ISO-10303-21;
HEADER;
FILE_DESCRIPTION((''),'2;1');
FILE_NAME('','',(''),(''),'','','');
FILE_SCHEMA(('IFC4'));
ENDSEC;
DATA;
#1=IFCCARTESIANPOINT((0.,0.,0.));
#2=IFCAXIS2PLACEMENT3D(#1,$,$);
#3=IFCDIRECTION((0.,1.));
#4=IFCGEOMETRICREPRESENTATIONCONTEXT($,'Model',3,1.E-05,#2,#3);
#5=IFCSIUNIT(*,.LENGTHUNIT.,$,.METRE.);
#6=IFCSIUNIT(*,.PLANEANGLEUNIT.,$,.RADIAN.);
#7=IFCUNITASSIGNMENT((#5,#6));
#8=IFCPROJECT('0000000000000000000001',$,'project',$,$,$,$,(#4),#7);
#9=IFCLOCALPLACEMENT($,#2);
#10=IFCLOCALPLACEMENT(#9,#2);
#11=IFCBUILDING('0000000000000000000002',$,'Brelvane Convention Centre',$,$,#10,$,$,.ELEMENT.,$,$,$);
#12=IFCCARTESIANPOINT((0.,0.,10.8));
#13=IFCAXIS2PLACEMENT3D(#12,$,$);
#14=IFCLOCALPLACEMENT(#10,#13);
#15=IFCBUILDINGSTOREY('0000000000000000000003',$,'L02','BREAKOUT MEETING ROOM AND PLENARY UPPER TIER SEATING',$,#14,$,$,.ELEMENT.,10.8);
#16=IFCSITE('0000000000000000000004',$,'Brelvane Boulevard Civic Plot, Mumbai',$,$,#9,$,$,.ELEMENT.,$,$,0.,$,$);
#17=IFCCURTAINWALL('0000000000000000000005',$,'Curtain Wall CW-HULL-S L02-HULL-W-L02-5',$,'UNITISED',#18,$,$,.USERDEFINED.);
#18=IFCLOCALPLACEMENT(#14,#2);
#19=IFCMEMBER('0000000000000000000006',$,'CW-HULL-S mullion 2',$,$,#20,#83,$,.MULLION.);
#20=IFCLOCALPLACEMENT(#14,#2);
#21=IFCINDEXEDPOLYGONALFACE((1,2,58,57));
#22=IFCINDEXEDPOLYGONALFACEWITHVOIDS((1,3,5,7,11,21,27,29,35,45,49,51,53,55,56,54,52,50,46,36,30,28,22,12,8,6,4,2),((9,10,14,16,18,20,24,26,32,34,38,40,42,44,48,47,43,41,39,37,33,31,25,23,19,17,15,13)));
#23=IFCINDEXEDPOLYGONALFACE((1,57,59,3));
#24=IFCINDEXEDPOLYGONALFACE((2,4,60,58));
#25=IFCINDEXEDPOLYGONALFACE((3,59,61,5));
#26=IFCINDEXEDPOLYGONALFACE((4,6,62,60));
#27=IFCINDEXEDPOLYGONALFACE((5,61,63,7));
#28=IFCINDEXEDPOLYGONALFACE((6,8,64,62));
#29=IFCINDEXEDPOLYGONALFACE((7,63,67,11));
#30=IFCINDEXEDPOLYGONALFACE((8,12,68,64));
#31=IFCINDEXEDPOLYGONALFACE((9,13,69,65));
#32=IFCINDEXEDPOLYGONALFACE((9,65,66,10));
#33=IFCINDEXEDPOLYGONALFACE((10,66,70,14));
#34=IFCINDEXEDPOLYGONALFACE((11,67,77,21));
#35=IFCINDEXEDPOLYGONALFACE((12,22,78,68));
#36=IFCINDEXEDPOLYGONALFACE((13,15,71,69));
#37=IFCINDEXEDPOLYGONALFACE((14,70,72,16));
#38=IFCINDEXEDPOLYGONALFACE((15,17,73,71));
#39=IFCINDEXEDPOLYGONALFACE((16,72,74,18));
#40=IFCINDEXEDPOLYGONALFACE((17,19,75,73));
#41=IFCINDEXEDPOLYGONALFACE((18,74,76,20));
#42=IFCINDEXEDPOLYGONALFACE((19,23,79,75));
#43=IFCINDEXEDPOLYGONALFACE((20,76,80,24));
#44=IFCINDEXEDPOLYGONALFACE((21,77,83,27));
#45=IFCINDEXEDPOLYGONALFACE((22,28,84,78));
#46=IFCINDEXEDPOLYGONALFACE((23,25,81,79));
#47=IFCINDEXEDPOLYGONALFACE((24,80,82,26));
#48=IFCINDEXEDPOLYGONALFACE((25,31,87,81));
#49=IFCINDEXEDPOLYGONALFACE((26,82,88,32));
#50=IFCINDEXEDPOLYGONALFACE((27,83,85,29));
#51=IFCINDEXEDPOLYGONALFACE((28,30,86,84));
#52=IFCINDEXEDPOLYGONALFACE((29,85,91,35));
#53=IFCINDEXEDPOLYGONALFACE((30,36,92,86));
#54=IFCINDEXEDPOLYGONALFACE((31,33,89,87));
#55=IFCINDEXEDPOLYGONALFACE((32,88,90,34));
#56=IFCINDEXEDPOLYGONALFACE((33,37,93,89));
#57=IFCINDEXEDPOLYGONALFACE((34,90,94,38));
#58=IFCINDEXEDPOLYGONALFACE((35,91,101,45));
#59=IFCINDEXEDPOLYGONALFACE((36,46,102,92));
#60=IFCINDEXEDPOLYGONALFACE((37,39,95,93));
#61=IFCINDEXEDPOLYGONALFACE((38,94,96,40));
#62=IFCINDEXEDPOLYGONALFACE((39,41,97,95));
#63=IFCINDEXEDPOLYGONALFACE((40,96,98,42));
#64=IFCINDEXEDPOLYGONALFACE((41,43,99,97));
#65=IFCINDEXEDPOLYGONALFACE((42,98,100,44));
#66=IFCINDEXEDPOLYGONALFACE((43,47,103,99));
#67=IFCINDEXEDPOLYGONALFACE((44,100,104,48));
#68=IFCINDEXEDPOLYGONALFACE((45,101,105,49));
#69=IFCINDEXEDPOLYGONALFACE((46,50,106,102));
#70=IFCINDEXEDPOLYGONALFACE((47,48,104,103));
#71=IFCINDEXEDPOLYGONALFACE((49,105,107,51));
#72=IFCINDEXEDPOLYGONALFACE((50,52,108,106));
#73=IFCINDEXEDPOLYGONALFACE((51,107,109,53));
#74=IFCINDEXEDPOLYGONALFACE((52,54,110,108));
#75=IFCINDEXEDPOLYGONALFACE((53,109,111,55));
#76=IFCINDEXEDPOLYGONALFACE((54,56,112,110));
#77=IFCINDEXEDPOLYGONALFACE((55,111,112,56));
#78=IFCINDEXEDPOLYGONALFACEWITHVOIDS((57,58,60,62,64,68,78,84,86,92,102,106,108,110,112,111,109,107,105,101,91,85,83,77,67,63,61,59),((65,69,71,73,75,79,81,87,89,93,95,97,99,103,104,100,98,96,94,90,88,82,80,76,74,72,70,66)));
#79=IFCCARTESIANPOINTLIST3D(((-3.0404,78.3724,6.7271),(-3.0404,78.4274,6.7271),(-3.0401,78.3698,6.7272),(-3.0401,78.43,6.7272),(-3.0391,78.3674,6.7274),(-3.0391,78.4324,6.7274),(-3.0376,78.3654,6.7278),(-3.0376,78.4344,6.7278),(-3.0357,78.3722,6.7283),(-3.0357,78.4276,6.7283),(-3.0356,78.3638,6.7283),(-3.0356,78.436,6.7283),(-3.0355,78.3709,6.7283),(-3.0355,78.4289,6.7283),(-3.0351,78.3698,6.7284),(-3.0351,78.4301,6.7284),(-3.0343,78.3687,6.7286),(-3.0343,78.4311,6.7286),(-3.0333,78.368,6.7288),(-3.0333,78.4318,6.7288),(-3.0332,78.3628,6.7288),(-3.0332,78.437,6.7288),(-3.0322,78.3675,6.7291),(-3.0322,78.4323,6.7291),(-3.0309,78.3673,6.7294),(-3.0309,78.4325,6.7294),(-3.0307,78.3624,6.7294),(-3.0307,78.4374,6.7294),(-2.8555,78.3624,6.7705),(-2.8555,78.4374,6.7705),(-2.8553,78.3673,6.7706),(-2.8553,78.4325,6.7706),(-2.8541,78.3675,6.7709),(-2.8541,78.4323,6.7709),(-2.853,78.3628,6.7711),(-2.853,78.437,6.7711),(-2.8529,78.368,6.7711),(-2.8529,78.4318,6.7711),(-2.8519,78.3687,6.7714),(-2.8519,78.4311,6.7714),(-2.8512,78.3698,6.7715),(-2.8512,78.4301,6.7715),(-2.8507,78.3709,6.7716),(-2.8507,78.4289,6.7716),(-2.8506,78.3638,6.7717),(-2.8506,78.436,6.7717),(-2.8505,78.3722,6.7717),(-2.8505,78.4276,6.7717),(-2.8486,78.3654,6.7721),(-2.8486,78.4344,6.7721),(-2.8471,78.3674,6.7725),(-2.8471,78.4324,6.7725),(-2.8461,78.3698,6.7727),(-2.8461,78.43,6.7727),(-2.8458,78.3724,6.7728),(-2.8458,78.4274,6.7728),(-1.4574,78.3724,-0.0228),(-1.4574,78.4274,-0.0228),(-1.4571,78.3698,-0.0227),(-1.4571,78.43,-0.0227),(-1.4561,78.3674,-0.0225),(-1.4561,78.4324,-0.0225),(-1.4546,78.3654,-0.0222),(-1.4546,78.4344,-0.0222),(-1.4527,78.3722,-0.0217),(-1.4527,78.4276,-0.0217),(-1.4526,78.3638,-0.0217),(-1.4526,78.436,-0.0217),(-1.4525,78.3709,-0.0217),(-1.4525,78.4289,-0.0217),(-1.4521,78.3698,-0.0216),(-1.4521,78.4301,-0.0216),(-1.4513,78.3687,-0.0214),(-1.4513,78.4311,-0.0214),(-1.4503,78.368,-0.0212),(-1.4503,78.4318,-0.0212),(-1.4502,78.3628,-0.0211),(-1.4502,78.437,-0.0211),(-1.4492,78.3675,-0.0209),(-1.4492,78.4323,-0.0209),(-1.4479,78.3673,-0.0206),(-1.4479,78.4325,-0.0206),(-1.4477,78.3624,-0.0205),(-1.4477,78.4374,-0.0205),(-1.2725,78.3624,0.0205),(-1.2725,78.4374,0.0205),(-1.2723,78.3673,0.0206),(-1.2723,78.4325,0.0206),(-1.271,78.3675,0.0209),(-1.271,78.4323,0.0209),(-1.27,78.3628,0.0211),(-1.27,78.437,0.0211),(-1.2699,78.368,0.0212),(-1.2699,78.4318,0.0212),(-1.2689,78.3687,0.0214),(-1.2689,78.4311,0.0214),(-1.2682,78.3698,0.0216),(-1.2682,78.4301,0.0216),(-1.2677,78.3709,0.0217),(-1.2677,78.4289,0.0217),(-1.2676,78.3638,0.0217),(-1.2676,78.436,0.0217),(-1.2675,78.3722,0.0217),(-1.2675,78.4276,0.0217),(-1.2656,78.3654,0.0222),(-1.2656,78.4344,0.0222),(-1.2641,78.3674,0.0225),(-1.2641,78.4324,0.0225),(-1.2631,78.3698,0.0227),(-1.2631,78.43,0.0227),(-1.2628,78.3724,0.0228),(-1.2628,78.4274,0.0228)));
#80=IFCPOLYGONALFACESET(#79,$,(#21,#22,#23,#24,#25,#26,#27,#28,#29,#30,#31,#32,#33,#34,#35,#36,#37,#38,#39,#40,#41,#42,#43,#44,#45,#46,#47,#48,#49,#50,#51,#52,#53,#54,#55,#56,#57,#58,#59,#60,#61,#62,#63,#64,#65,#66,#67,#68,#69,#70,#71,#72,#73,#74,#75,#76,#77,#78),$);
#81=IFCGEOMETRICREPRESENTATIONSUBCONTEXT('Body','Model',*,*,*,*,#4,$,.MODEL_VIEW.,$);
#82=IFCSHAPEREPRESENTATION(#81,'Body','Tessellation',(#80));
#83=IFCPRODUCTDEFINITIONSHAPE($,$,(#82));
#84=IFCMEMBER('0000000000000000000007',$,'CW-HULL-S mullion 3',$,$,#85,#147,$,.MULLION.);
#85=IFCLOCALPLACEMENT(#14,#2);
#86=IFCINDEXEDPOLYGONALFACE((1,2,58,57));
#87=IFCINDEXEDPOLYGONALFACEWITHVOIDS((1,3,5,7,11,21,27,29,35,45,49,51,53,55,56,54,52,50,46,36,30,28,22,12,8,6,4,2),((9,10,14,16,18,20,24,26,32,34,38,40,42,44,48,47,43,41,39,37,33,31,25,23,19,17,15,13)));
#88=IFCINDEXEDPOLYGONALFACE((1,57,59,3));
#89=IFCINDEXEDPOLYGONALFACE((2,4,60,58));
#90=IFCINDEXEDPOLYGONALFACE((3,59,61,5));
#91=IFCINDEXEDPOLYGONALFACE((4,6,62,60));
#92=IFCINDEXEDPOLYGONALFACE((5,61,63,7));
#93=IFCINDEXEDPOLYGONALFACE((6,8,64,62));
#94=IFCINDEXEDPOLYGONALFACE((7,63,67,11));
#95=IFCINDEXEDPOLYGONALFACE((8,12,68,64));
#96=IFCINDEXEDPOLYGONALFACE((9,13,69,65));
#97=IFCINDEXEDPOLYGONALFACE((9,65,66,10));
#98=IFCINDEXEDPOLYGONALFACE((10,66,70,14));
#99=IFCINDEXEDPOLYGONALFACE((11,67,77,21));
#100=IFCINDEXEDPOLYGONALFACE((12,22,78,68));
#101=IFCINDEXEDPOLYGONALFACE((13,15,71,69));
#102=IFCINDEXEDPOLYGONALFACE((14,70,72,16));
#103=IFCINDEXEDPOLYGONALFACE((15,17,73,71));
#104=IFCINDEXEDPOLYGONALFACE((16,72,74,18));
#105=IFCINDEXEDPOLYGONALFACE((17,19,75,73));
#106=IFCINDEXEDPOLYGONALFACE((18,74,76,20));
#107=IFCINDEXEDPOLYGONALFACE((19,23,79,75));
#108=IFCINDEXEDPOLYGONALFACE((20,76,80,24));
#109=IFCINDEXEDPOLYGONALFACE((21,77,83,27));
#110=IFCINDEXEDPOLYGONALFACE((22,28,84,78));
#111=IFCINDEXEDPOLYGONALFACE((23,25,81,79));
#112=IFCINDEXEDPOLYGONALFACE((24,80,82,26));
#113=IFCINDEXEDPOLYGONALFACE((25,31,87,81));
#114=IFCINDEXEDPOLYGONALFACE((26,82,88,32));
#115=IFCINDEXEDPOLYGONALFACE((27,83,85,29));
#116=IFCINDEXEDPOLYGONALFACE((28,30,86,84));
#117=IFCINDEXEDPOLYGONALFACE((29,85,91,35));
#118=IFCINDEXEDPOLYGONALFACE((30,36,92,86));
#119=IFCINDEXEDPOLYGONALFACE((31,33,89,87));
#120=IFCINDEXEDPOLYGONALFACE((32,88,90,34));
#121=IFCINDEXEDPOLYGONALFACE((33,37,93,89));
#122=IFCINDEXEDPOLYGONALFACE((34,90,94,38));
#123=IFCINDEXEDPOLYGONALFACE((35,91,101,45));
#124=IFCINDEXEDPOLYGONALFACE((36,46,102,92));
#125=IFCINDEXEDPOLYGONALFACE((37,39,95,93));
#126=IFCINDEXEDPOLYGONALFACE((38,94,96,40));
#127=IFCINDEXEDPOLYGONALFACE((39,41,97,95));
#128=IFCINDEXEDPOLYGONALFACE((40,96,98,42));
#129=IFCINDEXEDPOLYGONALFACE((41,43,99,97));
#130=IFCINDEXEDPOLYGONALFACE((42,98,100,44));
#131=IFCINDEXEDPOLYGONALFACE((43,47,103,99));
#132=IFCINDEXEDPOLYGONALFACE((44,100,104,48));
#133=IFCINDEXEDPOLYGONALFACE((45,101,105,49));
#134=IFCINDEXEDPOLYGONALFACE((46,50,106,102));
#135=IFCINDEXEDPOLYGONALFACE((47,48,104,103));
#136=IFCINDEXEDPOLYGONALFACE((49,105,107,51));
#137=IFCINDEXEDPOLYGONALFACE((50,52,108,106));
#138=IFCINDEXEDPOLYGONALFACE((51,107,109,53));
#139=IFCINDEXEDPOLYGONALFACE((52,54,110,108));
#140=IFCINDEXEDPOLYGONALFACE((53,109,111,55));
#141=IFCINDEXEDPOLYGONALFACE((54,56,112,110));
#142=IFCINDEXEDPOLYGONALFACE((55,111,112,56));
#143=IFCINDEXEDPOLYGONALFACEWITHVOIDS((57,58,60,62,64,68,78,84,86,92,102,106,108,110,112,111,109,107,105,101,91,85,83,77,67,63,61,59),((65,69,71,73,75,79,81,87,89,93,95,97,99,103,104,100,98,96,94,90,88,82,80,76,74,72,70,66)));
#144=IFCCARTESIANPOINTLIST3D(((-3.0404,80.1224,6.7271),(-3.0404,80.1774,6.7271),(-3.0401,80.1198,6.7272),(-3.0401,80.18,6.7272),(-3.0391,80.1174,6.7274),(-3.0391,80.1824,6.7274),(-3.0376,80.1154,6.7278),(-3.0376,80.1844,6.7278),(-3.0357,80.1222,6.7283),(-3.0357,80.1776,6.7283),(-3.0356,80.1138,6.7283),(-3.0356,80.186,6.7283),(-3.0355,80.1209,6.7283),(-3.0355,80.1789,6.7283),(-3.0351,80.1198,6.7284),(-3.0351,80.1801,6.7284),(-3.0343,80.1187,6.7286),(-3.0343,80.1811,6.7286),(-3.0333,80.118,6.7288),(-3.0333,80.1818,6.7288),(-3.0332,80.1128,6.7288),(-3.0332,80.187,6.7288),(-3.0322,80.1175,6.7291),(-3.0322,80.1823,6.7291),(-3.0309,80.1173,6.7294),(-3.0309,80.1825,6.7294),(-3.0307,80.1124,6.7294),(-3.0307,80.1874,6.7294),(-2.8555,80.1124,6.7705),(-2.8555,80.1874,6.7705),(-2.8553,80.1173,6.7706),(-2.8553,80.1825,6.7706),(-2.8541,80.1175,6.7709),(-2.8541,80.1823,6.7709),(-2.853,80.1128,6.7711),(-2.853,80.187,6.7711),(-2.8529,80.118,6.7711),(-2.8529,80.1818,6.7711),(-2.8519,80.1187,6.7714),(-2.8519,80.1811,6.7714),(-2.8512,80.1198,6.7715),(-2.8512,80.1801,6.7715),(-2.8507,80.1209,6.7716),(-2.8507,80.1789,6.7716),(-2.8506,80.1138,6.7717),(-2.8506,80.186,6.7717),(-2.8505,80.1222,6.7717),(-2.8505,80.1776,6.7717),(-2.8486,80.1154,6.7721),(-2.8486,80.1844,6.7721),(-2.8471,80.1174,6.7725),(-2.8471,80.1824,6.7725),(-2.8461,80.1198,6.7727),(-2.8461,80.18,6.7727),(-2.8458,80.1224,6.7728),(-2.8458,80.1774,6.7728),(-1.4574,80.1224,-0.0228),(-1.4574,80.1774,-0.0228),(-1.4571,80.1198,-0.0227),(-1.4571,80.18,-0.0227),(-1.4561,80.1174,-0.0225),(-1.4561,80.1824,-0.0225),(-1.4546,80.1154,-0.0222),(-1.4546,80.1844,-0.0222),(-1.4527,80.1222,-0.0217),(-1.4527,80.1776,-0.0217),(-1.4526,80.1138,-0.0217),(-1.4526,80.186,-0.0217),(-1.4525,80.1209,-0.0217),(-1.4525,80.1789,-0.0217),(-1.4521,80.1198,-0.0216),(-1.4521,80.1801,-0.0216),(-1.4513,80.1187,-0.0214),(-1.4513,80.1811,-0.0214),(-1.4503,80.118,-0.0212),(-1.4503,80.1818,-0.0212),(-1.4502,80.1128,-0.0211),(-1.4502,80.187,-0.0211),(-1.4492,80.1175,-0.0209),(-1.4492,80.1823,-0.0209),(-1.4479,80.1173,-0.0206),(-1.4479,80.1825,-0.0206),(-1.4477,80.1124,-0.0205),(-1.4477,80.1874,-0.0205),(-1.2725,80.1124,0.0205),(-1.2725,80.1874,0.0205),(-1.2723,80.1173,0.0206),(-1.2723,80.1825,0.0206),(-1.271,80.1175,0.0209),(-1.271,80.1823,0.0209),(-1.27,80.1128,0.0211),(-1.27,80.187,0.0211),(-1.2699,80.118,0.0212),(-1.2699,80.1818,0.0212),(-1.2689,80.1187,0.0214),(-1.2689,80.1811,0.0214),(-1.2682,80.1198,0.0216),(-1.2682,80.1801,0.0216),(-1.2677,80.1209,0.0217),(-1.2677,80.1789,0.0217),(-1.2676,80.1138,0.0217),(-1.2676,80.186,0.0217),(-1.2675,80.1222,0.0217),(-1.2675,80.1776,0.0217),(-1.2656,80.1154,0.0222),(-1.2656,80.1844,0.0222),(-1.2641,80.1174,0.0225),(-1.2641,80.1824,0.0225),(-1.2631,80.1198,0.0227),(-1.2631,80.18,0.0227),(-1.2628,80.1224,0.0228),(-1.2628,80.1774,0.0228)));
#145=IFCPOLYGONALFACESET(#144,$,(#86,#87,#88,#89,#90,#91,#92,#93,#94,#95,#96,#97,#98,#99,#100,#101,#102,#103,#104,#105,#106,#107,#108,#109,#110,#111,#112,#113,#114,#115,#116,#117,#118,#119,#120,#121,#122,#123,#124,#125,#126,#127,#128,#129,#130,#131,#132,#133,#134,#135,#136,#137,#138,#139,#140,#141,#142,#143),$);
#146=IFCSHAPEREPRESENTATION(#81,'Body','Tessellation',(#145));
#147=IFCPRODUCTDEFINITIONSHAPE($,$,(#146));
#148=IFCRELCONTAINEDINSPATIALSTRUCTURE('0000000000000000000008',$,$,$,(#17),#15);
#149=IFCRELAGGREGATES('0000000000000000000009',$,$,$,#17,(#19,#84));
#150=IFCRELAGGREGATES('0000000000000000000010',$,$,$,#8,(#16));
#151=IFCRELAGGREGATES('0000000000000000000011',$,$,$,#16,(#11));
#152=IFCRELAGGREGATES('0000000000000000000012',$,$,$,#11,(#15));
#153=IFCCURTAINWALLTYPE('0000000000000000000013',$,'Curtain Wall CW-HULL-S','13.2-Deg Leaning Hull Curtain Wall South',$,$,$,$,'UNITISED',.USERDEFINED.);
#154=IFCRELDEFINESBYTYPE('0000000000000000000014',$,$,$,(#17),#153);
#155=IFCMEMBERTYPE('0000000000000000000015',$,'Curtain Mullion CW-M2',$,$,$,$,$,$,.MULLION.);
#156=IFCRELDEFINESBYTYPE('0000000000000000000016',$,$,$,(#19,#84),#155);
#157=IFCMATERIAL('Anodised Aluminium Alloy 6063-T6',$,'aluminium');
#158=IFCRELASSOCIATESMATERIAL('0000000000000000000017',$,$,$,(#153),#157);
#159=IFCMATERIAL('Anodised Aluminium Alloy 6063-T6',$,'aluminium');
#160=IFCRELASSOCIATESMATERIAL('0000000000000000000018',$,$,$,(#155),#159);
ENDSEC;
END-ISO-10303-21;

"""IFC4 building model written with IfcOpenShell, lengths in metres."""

from ifc_helpers import new_model, si_unit, direction, frame, origin, origin_2d, place, context, subcontext, project, spatial, hollow_rectangle, extrude, material, material_profile, profile_set, type_object, element, aggregate, save


model = new_model("IFC4")

# Units and contexts
model_context = context("Model", 3, precision=1e-05, world=origin(), true_north=direction((0.0, 1.0)))
body_context = subcontext(model_context, "Body", "Model", "MODEL_VIEW")
ifc_project = project(units=[si_unit("LENGTHUNIT", "METRE"), si_unit("PLANEANGLEUNIT", "RADIAN")], contexts=[model_context])

# Site, building, storey
site_placement = place(None, origin())
site = spatial("IfcSite", under=ifc_project, at=site_placement, Name="Brelvane Boulevard Civic Plot, Mumbai", CompositionType="ELEMENT", RefElevation=0.0)
building_placement = place(site_placement, origin())
building = spatial("IfcBuilding", under=site, at=building_placement, Name="Brelvane Convention Centre", CompositionType="ELEMENT")
storey_placement = place(building_placement, frame((0.0, 0.0, 10.8)))
storey = spatial("IfcBuildingStorey", under=building, at=storey_placement, Name="L02", Description="BREAKOUT MEETING ROOM AND PLENARY UPPER TIER SEATING", CompositionType="ELEMENT", Elevation=10.8)

# Curtain wall, members
ifc_material_1 = material(Name="Anodised Aluminium Alloy 6063-T6", Category="aluminium")
curtain_wall_type = type_object("IfcCurtainWallType", Name="Curtain Wall CW-HULL-S", Description="13.2-Deg Leaning Hull Curtain Wall South", ElementType="UNITISED", PredefinedType="USERDEFINED", material=ifc_material_1)
curtain_wall_placement = place(storey_placement, origin())
curtain_wall = element("IfcCurtainWall", 1, at=curtain_wall_placement, inside=storey, type_object=curtain_wall_type, Name="Curtain Wall CW-HULL-S L02-HULL-W-L02-5", ObjectType="UNITISED", PredefinedType="USERDEFINED")
ifc_material_2 = material(Name="Anodised Aluminium Alloy 6063-T6", Category="aluminium")
ifc_material_profile_1 = material_profile(ifc_material_2, hollow_rectangle(XDim=0.075, YDim=0.2, WallThickness=0.0049, InnerFilletRadius=0.0049, OuterFilletRadius=0.01, at=origin_2d()), Name="ALU-M 200x75x5.0")
ifc_profile_set_1 = profile_set([ifc_material_profile_1], Name="Anodised Aluminium Alloy 6063-T6")
member_type_1 = type_object("IfcMemberType", Name="Curtain Mullion CW-M2", PredefinedType="MULLION", material=ifc_profile_set_1)
member_1_placement = place(storey_placement, frame((-1.3601, 78.3999, 0.0), z_axis=(-0.228325, 0.0, 0.973585), x_axis=(0.0, -1.0, 0.0)))
member_1 = element("IfcMember", 2, at=member_1_placement, type_object=member_type_1, Name="CW-HULL-S mullion 2", PredefinedType="MULLION", context=body_context, shape_type="SweptSolid", body=[
    extrude(hollow_rectangle(XDim=0.075, YDim=0.2, WallThickness=0.0049, InnerFilletRadius=0.0049, OuterFilletRadius=0.01, at=origin_2d()), origin(), (0.0, 0.0, 1.0), 6.9331),
])
member_2_placement = place(storey_placement, frame((-1.3601, 80.1499, 0.0), z_axis=(-0.228325, 0.0, 0.973585), x_axis=(0.0, -1.0, 0.0)))
member_2 = element("IfcMember", 3, at=member_2_placement, type_object=member_type_1, Name="CW-HULL-S mullion 3", PredefinedType="MULLION", context=body_context, shape_type="SweptSolid", body=[
    extrude(hollow_rectangle(XDim=0.075, YDim=0.2, WallThickness=0.0049, InnerFilletRadius=0.0049, OuterFilletRadius=0.01, at=origin_2d()), origin(), (0.0, 0.0, 1.0), 6.9331),
])
aggregate(curtain_wall, [member_1, member_2])

save(model, "model.ifc")
